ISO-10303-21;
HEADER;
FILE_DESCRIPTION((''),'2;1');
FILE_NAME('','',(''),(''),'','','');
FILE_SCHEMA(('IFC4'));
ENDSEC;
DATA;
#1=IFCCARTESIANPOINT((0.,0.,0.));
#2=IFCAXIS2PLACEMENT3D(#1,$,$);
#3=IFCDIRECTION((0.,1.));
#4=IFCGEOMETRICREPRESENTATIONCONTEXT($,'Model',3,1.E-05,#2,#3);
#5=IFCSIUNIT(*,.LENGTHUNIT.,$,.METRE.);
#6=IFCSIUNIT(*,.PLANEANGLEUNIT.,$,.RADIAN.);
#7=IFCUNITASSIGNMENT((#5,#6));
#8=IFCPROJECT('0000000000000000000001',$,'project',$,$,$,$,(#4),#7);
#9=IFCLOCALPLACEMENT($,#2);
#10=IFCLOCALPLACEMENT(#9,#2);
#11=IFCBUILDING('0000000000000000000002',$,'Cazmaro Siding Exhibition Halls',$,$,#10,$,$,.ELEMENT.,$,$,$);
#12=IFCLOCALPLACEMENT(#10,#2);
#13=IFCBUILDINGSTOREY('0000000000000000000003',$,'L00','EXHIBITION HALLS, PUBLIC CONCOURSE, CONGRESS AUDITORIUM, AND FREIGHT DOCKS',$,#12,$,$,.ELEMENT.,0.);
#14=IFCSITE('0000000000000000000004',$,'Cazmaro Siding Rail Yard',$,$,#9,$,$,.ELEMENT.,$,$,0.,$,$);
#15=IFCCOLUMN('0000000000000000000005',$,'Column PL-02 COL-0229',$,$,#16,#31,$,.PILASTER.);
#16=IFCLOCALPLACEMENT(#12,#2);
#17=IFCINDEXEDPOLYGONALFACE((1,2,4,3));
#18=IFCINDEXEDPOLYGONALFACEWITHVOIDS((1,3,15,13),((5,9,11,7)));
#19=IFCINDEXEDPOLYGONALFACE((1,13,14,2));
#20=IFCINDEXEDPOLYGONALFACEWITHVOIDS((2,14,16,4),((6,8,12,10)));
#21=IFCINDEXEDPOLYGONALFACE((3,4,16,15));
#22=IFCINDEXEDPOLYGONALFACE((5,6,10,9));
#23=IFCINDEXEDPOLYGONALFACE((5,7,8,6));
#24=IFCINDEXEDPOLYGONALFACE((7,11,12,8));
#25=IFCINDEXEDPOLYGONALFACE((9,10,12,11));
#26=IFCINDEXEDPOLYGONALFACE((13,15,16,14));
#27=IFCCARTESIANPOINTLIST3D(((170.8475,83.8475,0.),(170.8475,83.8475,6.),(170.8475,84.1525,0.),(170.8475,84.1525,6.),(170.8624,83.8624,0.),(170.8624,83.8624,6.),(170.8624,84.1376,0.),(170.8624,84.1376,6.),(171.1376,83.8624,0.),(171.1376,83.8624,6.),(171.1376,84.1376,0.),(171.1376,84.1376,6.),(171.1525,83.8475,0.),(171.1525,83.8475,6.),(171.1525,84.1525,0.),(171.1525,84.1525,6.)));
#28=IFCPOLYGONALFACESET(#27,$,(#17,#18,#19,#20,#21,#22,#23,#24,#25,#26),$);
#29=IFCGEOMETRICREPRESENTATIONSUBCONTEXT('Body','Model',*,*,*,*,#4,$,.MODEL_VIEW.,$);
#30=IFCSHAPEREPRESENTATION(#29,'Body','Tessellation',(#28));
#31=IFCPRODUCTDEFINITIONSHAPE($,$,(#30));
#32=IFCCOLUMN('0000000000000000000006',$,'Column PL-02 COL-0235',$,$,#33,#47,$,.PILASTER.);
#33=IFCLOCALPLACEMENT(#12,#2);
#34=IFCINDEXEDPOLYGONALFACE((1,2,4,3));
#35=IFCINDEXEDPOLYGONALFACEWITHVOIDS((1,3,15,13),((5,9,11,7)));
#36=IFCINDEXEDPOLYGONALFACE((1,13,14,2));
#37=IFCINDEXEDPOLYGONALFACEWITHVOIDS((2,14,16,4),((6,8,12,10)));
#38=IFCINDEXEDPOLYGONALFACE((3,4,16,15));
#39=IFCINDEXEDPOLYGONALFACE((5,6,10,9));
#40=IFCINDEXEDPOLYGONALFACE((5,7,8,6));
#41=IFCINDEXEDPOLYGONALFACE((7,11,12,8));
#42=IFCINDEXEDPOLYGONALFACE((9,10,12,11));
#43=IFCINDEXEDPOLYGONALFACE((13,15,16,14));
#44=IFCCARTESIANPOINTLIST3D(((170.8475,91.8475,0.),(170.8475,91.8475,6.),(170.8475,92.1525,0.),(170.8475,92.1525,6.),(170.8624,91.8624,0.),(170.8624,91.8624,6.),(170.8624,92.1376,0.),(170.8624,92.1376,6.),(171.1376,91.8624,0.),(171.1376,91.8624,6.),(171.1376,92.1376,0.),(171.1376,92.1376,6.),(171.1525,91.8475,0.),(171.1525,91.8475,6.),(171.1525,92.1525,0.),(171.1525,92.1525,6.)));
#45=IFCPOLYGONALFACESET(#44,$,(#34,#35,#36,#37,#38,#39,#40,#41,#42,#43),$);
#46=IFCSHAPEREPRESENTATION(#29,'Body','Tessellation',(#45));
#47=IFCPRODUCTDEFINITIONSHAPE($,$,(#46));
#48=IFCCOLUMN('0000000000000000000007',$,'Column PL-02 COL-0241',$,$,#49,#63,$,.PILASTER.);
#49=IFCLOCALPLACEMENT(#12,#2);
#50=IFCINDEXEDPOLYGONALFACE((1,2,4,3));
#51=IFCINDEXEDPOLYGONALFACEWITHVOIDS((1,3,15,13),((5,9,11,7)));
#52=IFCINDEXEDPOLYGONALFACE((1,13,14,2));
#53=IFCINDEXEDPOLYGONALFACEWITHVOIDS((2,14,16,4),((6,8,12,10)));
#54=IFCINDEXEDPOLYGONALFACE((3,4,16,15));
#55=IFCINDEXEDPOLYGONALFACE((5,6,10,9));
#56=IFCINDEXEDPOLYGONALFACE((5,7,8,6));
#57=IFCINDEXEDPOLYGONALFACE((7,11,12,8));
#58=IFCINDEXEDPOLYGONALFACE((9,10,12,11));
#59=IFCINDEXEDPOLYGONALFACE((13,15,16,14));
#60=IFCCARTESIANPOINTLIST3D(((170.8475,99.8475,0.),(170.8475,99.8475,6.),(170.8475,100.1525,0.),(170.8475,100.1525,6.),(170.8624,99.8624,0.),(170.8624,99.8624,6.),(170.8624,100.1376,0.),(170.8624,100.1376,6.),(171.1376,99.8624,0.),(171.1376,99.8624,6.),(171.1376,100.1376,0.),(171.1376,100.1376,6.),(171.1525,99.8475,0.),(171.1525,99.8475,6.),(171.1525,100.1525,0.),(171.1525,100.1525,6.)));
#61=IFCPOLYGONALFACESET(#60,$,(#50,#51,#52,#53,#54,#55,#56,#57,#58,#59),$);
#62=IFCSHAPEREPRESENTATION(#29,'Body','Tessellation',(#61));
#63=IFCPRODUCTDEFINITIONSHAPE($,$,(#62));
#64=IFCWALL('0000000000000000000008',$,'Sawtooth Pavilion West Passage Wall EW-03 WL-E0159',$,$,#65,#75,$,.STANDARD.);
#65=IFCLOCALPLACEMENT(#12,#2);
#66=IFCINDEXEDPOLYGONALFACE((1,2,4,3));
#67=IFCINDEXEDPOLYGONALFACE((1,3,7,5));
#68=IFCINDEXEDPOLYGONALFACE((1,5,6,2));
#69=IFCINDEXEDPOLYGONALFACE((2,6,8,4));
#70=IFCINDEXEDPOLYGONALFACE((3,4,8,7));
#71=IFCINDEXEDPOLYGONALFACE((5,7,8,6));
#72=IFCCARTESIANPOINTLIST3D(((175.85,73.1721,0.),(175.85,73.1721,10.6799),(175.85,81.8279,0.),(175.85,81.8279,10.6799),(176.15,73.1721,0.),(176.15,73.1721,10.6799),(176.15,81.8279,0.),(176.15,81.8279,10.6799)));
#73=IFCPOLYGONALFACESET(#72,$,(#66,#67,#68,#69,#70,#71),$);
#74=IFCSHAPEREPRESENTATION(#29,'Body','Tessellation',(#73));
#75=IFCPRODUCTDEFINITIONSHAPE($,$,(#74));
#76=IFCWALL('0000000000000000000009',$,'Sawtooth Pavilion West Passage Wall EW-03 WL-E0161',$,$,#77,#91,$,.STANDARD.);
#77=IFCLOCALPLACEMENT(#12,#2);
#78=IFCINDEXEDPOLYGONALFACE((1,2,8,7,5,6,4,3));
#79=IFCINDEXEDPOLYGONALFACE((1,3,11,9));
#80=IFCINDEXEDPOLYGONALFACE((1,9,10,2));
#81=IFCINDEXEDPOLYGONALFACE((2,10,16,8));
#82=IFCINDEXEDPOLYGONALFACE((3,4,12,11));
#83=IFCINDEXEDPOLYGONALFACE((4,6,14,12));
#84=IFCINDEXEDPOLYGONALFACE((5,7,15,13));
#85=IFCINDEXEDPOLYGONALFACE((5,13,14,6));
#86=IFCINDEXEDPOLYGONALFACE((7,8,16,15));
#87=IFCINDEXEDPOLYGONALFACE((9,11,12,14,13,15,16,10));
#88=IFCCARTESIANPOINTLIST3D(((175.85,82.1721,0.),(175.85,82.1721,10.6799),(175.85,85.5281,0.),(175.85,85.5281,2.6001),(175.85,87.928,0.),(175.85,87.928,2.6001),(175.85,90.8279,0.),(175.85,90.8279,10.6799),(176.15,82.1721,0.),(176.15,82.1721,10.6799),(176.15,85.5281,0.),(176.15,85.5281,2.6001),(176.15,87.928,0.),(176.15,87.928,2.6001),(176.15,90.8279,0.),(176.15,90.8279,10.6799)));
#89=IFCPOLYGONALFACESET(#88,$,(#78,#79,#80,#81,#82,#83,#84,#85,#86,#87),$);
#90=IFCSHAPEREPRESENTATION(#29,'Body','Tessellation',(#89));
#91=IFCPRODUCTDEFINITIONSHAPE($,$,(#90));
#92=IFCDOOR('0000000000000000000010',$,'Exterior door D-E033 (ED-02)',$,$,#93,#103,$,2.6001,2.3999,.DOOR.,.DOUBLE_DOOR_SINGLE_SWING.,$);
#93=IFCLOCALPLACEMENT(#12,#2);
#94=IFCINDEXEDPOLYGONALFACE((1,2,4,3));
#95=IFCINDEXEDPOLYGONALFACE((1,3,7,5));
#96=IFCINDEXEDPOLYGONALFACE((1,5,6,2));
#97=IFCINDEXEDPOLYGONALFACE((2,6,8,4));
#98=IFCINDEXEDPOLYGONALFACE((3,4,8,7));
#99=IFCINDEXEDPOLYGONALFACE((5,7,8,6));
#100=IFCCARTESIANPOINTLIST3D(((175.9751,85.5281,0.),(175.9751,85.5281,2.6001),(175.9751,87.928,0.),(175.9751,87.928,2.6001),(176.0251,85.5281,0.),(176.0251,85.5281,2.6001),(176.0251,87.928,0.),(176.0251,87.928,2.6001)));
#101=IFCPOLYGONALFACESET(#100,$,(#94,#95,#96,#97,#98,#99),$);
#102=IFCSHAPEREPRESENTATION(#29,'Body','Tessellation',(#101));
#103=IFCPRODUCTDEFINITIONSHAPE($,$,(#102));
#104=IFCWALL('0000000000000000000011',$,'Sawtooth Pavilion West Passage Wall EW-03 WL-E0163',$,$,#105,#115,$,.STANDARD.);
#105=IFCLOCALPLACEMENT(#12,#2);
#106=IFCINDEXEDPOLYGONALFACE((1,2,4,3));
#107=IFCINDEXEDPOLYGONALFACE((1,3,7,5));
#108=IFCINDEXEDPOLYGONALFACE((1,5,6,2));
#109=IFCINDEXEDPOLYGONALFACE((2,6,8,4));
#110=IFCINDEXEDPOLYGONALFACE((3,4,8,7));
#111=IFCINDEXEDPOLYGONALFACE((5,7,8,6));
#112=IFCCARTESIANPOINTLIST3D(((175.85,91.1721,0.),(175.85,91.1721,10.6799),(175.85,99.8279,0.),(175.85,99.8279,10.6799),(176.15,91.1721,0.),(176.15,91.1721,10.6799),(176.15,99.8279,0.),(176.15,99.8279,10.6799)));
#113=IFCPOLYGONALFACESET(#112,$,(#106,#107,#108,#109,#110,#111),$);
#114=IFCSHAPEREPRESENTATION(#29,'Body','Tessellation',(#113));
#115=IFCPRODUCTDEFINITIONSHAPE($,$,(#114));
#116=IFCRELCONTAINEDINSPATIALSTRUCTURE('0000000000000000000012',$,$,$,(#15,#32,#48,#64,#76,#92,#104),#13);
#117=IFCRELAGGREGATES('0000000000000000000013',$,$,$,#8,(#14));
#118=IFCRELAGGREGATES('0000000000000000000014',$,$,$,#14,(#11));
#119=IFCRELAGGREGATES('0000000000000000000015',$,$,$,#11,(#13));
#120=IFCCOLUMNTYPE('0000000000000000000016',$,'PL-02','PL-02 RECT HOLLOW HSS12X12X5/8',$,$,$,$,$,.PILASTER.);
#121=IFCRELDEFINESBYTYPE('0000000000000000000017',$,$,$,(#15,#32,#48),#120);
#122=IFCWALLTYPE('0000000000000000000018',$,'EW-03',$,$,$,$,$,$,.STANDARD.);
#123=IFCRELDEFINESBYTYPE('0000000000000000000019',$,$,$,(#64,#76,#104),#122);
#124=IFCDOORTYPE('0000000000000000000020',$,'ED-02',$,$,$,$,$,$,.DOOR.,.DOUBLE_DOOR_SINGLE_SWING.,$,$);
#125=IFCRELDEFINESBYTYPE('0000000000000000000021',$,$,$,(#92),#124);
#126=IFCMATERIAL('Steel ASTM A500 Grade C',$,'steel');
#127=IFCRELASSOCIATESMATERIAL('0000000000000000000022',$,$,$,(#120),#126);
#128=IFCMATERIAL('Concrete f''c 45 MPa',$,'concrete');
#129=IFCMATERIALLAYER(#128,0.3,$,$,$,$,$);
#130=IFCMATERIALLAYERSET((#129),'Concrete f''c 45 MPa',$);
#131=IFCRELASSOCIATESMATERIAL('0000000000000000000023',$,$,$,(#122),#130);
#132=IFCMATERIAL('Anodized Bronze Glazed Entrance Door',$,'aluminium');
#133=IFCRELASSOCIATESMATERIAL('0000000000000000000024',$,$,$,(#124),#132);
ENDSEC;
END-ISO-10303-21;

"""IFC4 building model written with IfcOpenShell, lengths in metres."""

from ifc_helpers import new_model, si_unit, direction, frame, frame_2d, origin, origin_2d, place, context, subcontext, project, spatial, rectangle, hollow_rectangle, extrude, material, layer, layer_set, material_profile, profile_set, type_object, element, fill, save


model = new_model("IFC4")

# Units and contexts
model_context = context("Model", 3, precision=1e-05, world=origin(), true_north=direction((0.0, 1.0)))
body_context = subcontext(model_context, "Body", "Model", "MODEL_VIEW")
ifc_project = project(units=[si_unit("LENGTHUNIT", "METRE"), si_unit("PLANEANGLEUNIT", "RADIAN")], contexts=[model_context])

# Site, building, storey
site_placement = place(None, origin())
site = spatial("IfcSite", under=ifc_project, at=site_placement, Name="Cazmaro Siding Rail Yard", CompositionType="ELEMENT", RefElevation=0.0)
building_placement = place(site_placement, origin())
building = spatial("IfcBuilding", under=site, at=building_placement, Name="Cazmaro Siding Exhibition Halls", CompositionType="ELEMENT")
storey_placement = place(building_placement, origin())
storey = spatial("IfcBuildingStorey", under=building, at=storey_placement, Name="L00", Description="EXHIBITION HALLS, PUBLIC CONCOURSE, CONGRESS AUDITORIUM, AND FREIGHT DOCKS", CompositionType="ELEMENT", Elevation=0.0)

# Columns
ifc_material_1 = material(Name="Steel ASTM A500 Grade C", Category="steel")
ifc_material_profile_1 = material_profile(ifc_material_1, hollow_rectangle(XDim=0.3049, YDim=0.3049, WallThickness=0.0149, at=origin_2d()), Name="HSS12X12X5/8")
ifc_profile_set_1 = profile_set([ifc_material_profile_1], Name="Steel ASTM A500 Grade C")
column_type_1 = type_object("IfcColumnType", Name="PL-02", Description="PL-02 RECT HOLLOW HSS12X12X5/8", PredefinedType="PILASTER", material=ifc_profile_set_1)
for number, where, z_axis, x_axis, name in (
    (1, (171.0, 84.0, 0.0), (0.0, 0.0, 1.0), (1.0, 0.0, 0.0), "Column PL-02 COL-0229"),
    (2, (171.0, 92.0, 0.0), (0.0, 0.0, 1.0), (1.0, 0.0, 0.0), "Column PL-02 COL-0235"),
    (3, (171.0, 100.0, 0.0), (0.0, 0.0, 1.0), (1.0, 0.0, 0.0), "Column PL-02 COL-0241"),
):
    element("IfcColumn", number, at=place(storey_placement, frame(where, z_axis=z_axis, x_axis=x_axis)), inside=storey, type_object=column_type_1, Name=name, PredefinedType="PILASTER", context=body_context, shape_type="SweptSolid", body=[
        extrude(hollow_rectangle(XDim=0.3049, YDim=0.3049, WallThickness=0.0149, at=origin_2d()), origin(), (0.0, 0.0, 1.0), 6.0),
    ])

# Wall
ifc_material_2 = material(Name="Concrete f'c 45 MPa", Category="concrete")
ifc_layer = layer(ifc_material_2, 0.3)
ifc_layer_set = layer_set([ifc_layer], Name="Concrete f'c 45 MPa")
wall_type = type_object("IfcWallType", Name="EW-03", PredefinedType="STANDARD", material=ifc_layer_set)
wall_1_placement = place(storey_placement, frame((176.0, 73.1721, 0.0), z_axis=(0.0, 0.0, 1.0), x_axis=(0.0, 1.0, 0.0)))
element("IfcWall", 4, at=wall_1_placement, inside=storey, type_object=wall_type, Name="Sawtooth Pavilion West Passage Wall EW-03 WL-E0159", PredefinedType="STANDARD", context=body_context, shape_type="SweptSolid", body=[
    extrude(rectangle(XDim=8.6558, YDim=0.3, at=frame_2d((4.3279, 0.0))), origin(), (0.0, 0.0, 1.0), 10.6799),
])

# Wall, opening, door
wall_2_placement = place(storey_placement, frame((176.0, 82.1721, 0.0), z_axis=(0.0, 0.0, 1.0), x_axis=(0.0, 1.0, 0.0)))
wall_2 = element("IfcWall", 5, at=wall_2_placement, inside=storey, type_object=wall_type, Name="Sawtooth Pavilion West Passage Wall EW-03 WL-E0161", PredefinedType="STANDARD", context=body_context, shape_type="SweptSolid", body=[
    extrude(rectangle(XDim=8.6558, YDim=0.3, at=frame_2d((4.3279, 0.0))), origin(), (0.0, 0.0, 1.0), 10.6799),
])
opening_placement = place(wall_2_placement, frame((3.356, 0.0, 0.0)))
opening = element("IfcOpeningElement", 6, at=opening_placement, cuts=wall_2, PredefinedType="OPENING", context=body_context, shape_type="SweptSolid", body=[
    extrude(rectangle(XDim=2.3999, YDim=2.6001, at=frame_2d((1.2, 1.3))), frame((0.0, 0.1599, 0.0), z_axis=(0.0, -1.0, 0.0), x_axis=(1.0, 0.0, 0.0)), (0.0, 0.0, 1.0), 0.3201),
])
ifc_material_3 = material(Name="Anodized Bronze Glazed Entrance Door", Category="aluminium")
door_type = type_object("IfcDoorType", Name="ED-02", OperationType="DOUBLE_DOOR_SINGLE_SWING", PredefinedType="DOOR", material=ifc_material_3)
door_placement = place(opening_placement, origin())
door = element("IfcDoor", 7, at=door_placement, inside=storey, type_object=door_type, Name="Exterior door D-E033 (ED-02)", OperationType="DOUBLE_DOOR_SINGLE_SWING", OverallHeight=2.6001, OverallWidth=2.3999, PredefinedType="DOOR", context=body_context, shape_type="SweptSolid", body=[
    extrude(rectangle(XDim=2.3999, YDim=2.6001, at=frame_2d((1.2, 1.3))), frame((0.0, 0.0249, 0.0), z_axis=(0.0, -1.0, 0.0), x_axis=(1.0, 0.0, 0.0)), (0.0, 0.0, 1.0), 0.05),
])
fill(opening, door)

# Wall
wall_3_placement = place(storey_placement, frame((176.0, 91.1721, 0.0), z_axis=(0.0, 0.0, 1.0), x_axis=(0.0, 1.0, 0.0)))
element("IfcWall", 8, at=wall_3_placement, inside=storey, type_object=wall_type, Name="Sawtooth Pavilion West Passage Wall EW-03 WL-E0163", PredefinedType="STANDARD", context=body_context, shape_type="SweptSolid", body=[
    extrude(rectangle(XDim=8.6558, YDim=0.3, at=frame_2d((4.3279, 0.0))), origin(), (0.0, 0.0, 1.0), 10.6799),
])

save(model, "model.ifc")
